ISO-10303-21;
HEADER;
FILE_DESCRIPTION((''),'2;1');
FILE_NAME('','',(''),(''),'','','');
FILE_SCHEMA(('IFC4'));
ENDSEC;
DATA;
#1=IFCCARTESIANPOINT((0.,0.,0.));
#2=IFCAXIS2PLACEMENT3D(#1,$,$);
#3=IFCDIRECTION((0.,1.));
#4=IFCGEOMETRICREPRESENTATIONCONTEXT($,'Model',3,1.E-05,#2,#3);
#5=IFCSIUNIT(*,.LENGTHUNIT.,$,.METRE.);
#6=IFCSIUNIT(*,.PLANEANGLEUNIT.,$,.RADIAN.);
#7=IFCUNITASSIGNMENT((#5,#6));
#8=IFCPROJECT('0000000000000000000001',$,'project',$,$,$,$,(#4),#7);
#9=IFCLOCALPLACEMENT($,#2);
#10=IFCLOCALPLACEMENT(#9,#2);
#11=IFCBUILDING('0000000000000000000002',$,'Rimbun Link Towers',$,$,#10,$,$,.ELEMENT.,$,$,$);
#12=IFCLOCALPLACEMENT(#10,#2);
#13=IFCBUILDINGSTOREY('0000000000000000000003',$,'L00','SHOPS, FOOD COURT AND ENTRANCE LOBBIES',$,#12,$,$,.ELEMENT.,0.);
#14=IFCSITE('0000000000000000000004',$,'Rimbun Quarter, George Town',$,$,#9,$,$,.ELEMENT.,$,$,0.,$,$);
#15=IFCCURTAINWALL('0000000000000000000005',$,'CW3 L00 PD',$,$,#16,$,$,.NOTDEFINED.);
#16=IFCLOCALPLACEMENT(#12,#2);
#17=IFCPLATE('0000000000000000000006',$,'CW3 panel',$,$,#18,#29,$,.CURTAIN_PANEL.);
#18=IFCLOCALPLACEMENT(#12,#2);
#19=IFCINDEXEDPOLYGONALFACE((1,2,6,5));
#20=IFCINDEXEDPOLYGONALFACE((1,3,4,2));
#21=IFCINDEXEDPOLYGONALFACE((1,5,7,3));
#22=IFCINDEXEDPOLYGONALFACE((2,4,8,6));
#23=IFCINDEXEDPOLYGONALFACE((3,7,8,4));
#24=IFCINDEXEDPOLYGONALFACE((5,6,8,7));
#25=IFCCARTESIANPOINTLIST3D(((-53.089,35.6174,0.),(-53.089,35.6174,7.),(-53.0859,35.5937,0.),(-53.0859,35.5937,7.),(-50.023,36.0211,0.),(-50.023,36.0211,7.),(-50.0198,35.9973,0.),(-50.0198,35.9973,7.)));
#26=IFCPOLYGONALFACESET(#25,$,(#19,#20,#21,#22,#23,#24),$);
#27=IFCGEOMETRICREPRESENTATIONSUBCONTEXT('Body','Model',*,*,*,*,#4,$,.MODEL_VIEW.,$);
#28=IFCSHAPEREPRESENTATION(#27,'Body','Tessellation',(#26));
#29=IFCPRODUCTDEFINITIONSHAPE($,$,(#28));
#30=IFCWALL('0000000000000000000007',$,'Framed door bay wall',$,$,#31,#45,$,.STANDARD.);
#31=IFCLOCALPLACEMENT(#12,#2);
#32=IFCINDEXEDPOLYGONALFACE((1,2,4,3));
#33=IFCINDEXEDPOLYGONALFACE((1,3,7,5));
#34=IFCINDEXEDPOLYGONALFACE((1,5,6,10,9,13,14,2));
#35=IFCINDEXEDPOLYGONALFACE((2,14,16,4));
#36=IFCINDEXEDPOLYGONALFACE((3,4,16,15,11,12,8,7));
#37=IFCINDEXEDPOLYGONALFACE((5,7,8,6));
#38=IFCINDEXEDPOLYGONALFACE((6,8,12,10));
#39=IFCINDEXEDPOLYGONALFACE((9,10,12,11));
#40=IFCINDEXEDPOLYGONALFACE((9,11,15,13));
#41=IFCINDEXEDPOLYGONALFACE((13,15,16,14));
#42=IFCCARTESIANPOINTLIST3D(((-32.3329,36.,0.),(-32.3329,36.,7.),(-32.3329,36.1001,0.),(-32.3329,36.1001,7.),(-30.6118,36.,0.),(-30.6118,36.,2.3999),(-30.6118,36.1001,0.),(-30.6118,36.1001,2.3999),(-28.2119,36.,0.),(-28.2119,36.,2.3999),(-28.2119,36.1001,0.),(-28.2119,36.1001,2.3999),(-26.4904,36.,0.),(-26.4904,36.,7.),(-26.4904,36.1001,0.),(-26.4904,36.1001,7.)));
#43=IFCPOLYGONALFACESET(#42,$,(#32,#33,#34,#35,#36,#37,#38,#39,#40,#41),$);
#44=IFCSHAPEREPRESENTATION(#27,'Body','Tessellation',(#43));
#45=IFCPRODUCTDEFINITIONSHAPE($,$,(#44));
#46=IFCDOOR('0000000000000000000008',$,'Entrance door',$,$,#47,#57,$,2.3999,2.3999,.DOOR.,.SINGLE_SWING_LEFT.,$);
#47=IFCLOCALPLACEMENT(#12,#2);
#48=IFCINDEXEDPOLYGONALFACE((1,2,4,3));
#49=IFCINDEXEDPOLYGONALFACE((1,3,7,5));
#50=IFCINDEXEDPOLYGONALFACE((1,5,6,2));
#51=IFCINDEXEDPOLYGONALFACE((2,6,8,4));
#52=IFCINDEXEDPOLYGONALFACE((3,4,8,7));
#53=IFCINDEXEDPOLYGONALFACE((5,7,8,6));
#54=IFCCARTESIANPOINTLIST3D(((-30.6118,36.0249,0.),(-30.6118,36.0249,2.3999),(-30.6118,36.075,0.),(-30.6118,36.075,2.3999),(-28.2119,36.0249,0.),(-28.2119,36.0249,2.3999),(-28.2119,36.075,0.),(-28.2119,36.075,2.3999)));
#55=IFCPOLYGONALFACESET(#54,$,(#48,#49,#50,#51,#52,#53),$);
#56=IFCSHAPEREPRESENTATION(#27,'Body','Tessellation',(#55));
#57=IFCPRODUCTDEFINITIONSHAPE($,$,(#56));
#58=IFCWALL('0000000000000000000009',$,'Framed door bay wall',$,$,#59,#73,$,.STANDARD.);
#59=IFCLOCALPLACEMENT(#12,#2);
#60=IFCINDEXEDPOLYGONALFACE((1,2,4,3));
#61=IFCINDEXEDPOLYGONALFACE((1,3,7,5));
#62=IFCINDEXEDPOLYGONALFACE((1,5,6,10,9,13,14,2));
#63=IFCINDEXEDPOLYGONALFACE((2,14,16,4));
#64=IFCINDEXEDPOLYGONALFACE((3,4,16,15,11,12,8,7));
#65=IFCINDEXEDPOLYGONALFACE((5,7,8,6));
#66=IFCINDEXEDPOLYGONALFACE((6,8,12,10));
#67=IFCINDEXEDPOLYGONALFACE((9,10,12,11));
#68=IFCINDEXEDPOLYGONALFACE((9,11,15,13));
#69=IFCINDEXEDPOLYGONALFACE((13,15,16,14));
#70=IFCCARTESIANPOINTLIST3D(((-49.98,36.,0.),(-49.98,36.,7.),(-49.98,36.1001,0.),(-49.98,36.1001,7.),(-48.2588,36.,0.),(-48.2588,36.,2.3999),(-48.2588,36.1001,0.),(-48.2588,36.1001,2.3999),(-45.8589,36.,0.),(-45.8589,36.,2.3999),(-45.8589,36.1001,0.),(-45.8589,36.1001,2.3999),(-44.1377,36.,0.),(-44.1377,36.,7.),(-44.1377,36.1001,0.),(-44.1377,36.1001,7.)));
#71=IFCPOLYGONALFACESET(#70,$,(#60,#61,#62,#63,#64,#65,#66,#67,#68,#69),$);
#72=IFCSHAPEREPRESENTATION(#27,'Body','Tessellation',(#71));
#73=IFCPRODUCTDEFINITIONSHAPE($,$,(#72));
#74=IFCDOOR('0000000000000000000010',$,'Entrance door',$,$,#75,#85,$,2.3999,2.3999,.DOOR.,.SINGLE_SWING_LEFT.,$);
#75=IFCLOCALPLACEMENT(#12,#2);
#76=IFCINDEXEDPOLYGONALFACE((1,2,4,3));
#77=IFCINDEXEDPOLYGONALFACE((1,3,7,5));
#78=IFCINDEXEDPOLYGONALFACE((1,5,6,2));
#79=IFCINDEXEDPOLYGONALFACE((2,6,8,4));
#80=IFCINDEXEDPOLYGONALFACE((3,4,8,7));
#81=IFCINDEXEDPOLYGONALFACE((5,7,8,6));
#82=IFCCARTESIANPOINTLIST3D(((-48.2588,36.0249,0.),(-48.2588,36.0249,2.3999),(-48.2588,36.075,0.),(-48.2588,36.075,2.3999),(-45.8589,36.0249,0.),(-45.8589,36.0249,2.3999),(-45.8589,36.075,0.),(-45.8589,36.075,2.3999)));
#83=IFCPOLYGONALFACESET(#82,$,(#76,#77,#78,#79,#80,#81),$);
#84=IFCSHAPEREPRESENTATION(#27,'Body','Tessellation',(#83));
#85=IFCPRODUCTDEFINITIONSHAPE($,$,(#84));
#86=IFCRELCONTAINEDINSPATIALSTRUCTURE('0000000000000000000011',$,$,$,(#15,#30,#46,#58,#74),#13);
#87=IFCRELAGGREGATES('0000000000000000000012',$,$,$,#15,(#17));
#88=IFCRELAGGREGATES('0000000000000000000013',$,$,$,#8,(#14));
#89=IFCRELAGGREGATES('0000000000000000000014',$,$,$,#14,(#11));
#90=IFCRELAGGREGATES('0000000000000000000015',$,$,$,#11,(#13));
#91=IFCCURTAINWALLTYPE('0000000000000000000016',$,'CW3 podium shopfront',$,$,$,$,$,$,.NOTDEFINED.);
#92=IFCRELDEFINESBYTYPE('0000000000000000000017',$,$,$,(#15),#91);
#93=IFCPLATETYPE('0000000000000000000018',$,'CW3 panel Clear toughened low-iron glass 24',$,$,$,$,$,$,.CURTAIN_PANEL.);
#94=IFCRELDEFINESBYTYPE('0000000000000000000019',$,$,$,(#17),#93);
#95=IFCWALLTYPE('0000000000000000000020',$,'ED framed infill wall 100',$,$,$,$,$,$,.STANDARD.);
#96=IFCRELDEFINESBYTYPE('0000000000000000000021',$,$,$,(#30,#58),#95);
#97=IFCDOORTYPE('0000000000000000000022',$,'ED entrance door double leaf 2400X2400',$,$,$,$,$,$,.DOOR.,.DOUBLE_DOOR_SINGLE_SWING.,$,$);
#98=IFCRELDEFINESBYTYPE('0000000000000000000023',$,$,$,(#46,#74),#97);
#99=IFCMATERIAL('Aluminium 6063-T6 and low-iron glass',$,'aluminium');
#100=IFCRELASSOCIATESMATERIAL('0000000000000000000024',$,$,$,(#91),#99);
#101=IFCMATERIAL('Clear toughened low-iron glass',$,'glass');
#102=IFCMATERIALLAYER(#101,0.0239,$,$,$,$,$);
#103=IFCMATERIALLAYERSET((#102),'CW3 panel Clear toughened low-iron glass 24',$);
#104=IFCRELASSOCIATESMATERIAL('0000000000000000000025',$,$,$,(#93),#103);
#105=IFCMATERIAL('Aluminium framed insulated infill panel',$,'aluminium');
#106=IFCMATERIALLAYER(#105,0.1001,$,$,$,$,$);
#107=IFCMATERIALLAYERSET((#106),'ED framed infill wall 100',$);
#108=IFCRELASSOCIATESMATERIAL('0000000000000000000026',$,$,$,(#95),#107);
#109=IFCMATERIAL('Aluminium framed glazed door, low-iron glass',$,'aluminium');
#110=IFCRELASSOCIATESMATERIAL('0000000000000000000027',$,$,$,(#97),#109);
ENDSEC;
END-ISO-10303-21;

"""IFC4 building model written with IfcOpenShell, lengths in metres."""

from ifc_helpers import new_model, si_unit, direction, frame, frame_2d, origin, origin_2d, place, context, subcontext, project, spatial, rectangle, extrude, material, layer, layer_set, type_object, element, fill, aggregate, save


model = new_model("IFC4")

# Units and contexts
model_context = context("Model", 3, precision=1e-05, world=origin(), true_north=direction((0.0, 1.0)))
body_context = subcontext(model_context, "Body", "Model", "MODEL_VIEW")
ifc_project = project(units=[si_unit("LENGTHUNIT", "METRE"), si_unit("PLANEANGLEUNIT", "RADIAN")], contexts=[model_context])

# Site, building, storey
site_placement = place(None, origin())
site = spatial("IfcSite", under=ifc_project, at=site_placement, Name="Rimbun Quarter, George Town", CompositionType="ELEMENT", RefElevation=0.0)
building_placement = place(site_placement, origin())
building = spatial("IfcBuilding", under=site, at=building_placement, Name="Rimbun Link Towers", CompositionType="ELEMENT")
storey_placement = place(building_placement, origin())
storey = spatial("IfcBuildingStorey", under=building, at=storey_placement, Name="L00", Description="SHOPS, FOOD COURT AND ENTRANCE LOBBIES", CompositionType="ELEMENT", Elevation=0.0)

# Curtain wall, plate
ifc_material_1 = material(Name="Aluminium 6063-T6 and low-iron glass", Category="aluminium")
curtain_wall_type = type_object("IfcCurtainWallType", Name="CW3 podium shopfront", PredefinedType="NOTDEFINED", material=ifc_material_1)
curtain_wall_placement = place(storey_placement, origin())
curtain_wall = element("IfcCurtainWall", 1, at=curtain_wall_placement, inside=storey, type_object=curtain_wall_type, Name="CW3 L00 PD", PredefinedType="NOTDEFINED")
ifc_material_2 = material(Name="Clear toughened low-iron glass", Category="glass")
ifc_layer_1 = layer(ifc_material_2, 0.0239)
ifc_layer_set_1 = layer_set([ifc_layer_1], Name="CW3 panel Clear toughened low-iron glass 24")
plate_type = type_object("IfcPlateType", Name="CW3 panel Clear toughened low-iron glass 24", PredefinedType="CURTAIN_PANEL", material=ifc_layer_set_1)
plate_1_placement = place(storey_placement, frame((-51.5544, 35.8074, 0.0), z_axis=(0.0, 0.0, 1.0), x_axis=(0.991444, 0.13053, 0.0)))
plate_1 = element("IfcPlate", 2, at=plate_1_placement, type_object=plate_type, Name="CW3 panel", PredefinedType="CURTAIN_PANEL", context=body_context, shape_type="SweptSolid", body=[
    extrude(rectangle(XDim=3.0925, YDim=0.0239, at=origin_2d()), origin(), (0.0, 0.0, 1.0), 7.0),
])
aggregate(curtain_wall, [plate_1])

# Walls, openings, doors
ifc_material_3 = material(Name="Aluminium framed insulated infill panel", Category="aluminium")
ifc_layer_2 = layer(ifc_material_3, 0.1001)
ifc_layer_set_2 = layer_set([ifc_layer_2], Name="ED framed infill wall 100")
wall_type = type_object("IfcWallType", Name="ED framed infill wall 100", PredefinedType="STANDARD", material=ifc_layer_set_2)
wall_1_placement = place(storey_placement, frame((-32.333, 36.05, 0.0), z_axis=(0.0, 0.0, 1.0), x_axis=(1.0, 0.0, 0.0)))
wall_1 = element("IfcWall", 3, at=wall_1_placement, inside=storey, type_object=wall_type, Name="Framed door bay wall", PredefinedType="STANDARD", context=body_context, shape_type="SweptSolid", body=[
    extrude(rectangle(XDim=5.8425, YDim=0.1001, at=frame_2d((2.9214, 0.0))), origin(), (0.0, 0.0, 1.0), 7.0),
])
opening_1_placement = place(wall_1_placement, frame((1.7212, 0.0, 0.0)))
opening_1 = element("IfcOpeningElement", 4, at=opening_1_placement, cuts=wall_1, PredefinedType="OPENING", context=body_context, shape_type="SweptSolid", body=[
    extrude(rectangle(XDim=2.3999, YDim=2.3999, at=frame_2d((1.2, 1.2))), frame((0.0, 0.0601, 0.0), z_axis=(0.0, -1.0, 0.0), x_axis=(1.0, 0.0, 0.0)), (0.0, 0.0, 1.0), 0.1201),
])
ifc_material_4 = material(Name="Aluminium framed glazed door, low-iron glass", Category="aluminium")
door_type = type_object("IfcDoorType", Name="ED entrance door double leaf 2400X2400", OperationType="DOUBLE_DOOR_SINGLE_SWING", PredefinedType="DOOR", material=ifc_material_4)
door_1_placement = place(opening_1_placement, origin())
door_1 = element("IfcDoor", 5, at=door_1_placement, inside=storey, type_object=door_type, Name="Entrance door", OperationType="SINGLE_SWING_LEFT", OverallHeight=2.3999, OverallWidth=2.3999, PredefinedType="DOOR", context=body_context, shape_type="SweptSolid", body=[
    extrude(rectangle(XDim=2.3999, YDim=2.3999, at=frame_2d((1.2, 1.2))), frame((0.0, 0.0249, 0.0), z_axis=(0.0, -1.0, 0.0), x_axis=(1.0, 0.0, 0.0)), (0.0, 0.0, 1.0), 0.05),
])
fill(opening_1, door_1)
wall_2_placement = place(storey_placement, frame((-49.98, 36.05, 0.0), z_axis=(0.0, 0.0, 1.0), x_axis=(1.0, 0.0, 0.0)))
wall_2 = element("IfcWall", 6, at=wall_2_placement, inside=storey, type_object=wall_type, Name="Framed door bay wall", PredefinedType="STANDARD", context=body_context, shape_type="SweptSolid", body=[
    extrude(rectangle(XDim=5.8423, YDim=0.1001, at=frame_2d((2.9211, 0.0))), origin(), (0.0, 0.0, 1.0), 7.0),
])
opening_2_placement = place(wall_2_placement, frame((1.7212, 0.0, 0.0)))
opening_2 = element("IfcOpeningElement", 7, at=opening_2_placement, cuts=wall_2, PredefinedType="OPENING", context=body_context, shape_type="SweptSolid", body=[
    extrude(rectangle(XDim=2.3999, YDim=2.3999, at=frame_2d((1.2, 1.2))), frame((0.0, 0.0601, 0.0), z_axis=(0.0, -1.0, 0.0), x_axis=(1.0, 0.0, 0.0)), (0.0, 0.0, 1.0), 0.1201),
])
door_2_placement = place(opening_2_placement, origin())
door_2 = element("IfcDoor", 8, at=door_2_placement, inside=storey, type_object=door_type, Name="Entrance door", OperationType="SINGLE_SWING_LEFT", OverallHeight=2.3999, OverallWidth=2.3999, PredefinedType="DOOR", context=body_context, shape_type="SweptSolid", body=[
    extrude(rectangle(XDim=2.3999, YDim=2.3999, at=frame_2d((1.2, 1.2))), frame((0.0, 0.0249, 0.0), z_axis=(0.0, -1.0, 0.0), x_axis=(1.0, 0.0, 0.0)), (0.0, 0.0, 1.0), 0.05),
])
fill(opening_2, door_2)

save(model, "model.ifc")
